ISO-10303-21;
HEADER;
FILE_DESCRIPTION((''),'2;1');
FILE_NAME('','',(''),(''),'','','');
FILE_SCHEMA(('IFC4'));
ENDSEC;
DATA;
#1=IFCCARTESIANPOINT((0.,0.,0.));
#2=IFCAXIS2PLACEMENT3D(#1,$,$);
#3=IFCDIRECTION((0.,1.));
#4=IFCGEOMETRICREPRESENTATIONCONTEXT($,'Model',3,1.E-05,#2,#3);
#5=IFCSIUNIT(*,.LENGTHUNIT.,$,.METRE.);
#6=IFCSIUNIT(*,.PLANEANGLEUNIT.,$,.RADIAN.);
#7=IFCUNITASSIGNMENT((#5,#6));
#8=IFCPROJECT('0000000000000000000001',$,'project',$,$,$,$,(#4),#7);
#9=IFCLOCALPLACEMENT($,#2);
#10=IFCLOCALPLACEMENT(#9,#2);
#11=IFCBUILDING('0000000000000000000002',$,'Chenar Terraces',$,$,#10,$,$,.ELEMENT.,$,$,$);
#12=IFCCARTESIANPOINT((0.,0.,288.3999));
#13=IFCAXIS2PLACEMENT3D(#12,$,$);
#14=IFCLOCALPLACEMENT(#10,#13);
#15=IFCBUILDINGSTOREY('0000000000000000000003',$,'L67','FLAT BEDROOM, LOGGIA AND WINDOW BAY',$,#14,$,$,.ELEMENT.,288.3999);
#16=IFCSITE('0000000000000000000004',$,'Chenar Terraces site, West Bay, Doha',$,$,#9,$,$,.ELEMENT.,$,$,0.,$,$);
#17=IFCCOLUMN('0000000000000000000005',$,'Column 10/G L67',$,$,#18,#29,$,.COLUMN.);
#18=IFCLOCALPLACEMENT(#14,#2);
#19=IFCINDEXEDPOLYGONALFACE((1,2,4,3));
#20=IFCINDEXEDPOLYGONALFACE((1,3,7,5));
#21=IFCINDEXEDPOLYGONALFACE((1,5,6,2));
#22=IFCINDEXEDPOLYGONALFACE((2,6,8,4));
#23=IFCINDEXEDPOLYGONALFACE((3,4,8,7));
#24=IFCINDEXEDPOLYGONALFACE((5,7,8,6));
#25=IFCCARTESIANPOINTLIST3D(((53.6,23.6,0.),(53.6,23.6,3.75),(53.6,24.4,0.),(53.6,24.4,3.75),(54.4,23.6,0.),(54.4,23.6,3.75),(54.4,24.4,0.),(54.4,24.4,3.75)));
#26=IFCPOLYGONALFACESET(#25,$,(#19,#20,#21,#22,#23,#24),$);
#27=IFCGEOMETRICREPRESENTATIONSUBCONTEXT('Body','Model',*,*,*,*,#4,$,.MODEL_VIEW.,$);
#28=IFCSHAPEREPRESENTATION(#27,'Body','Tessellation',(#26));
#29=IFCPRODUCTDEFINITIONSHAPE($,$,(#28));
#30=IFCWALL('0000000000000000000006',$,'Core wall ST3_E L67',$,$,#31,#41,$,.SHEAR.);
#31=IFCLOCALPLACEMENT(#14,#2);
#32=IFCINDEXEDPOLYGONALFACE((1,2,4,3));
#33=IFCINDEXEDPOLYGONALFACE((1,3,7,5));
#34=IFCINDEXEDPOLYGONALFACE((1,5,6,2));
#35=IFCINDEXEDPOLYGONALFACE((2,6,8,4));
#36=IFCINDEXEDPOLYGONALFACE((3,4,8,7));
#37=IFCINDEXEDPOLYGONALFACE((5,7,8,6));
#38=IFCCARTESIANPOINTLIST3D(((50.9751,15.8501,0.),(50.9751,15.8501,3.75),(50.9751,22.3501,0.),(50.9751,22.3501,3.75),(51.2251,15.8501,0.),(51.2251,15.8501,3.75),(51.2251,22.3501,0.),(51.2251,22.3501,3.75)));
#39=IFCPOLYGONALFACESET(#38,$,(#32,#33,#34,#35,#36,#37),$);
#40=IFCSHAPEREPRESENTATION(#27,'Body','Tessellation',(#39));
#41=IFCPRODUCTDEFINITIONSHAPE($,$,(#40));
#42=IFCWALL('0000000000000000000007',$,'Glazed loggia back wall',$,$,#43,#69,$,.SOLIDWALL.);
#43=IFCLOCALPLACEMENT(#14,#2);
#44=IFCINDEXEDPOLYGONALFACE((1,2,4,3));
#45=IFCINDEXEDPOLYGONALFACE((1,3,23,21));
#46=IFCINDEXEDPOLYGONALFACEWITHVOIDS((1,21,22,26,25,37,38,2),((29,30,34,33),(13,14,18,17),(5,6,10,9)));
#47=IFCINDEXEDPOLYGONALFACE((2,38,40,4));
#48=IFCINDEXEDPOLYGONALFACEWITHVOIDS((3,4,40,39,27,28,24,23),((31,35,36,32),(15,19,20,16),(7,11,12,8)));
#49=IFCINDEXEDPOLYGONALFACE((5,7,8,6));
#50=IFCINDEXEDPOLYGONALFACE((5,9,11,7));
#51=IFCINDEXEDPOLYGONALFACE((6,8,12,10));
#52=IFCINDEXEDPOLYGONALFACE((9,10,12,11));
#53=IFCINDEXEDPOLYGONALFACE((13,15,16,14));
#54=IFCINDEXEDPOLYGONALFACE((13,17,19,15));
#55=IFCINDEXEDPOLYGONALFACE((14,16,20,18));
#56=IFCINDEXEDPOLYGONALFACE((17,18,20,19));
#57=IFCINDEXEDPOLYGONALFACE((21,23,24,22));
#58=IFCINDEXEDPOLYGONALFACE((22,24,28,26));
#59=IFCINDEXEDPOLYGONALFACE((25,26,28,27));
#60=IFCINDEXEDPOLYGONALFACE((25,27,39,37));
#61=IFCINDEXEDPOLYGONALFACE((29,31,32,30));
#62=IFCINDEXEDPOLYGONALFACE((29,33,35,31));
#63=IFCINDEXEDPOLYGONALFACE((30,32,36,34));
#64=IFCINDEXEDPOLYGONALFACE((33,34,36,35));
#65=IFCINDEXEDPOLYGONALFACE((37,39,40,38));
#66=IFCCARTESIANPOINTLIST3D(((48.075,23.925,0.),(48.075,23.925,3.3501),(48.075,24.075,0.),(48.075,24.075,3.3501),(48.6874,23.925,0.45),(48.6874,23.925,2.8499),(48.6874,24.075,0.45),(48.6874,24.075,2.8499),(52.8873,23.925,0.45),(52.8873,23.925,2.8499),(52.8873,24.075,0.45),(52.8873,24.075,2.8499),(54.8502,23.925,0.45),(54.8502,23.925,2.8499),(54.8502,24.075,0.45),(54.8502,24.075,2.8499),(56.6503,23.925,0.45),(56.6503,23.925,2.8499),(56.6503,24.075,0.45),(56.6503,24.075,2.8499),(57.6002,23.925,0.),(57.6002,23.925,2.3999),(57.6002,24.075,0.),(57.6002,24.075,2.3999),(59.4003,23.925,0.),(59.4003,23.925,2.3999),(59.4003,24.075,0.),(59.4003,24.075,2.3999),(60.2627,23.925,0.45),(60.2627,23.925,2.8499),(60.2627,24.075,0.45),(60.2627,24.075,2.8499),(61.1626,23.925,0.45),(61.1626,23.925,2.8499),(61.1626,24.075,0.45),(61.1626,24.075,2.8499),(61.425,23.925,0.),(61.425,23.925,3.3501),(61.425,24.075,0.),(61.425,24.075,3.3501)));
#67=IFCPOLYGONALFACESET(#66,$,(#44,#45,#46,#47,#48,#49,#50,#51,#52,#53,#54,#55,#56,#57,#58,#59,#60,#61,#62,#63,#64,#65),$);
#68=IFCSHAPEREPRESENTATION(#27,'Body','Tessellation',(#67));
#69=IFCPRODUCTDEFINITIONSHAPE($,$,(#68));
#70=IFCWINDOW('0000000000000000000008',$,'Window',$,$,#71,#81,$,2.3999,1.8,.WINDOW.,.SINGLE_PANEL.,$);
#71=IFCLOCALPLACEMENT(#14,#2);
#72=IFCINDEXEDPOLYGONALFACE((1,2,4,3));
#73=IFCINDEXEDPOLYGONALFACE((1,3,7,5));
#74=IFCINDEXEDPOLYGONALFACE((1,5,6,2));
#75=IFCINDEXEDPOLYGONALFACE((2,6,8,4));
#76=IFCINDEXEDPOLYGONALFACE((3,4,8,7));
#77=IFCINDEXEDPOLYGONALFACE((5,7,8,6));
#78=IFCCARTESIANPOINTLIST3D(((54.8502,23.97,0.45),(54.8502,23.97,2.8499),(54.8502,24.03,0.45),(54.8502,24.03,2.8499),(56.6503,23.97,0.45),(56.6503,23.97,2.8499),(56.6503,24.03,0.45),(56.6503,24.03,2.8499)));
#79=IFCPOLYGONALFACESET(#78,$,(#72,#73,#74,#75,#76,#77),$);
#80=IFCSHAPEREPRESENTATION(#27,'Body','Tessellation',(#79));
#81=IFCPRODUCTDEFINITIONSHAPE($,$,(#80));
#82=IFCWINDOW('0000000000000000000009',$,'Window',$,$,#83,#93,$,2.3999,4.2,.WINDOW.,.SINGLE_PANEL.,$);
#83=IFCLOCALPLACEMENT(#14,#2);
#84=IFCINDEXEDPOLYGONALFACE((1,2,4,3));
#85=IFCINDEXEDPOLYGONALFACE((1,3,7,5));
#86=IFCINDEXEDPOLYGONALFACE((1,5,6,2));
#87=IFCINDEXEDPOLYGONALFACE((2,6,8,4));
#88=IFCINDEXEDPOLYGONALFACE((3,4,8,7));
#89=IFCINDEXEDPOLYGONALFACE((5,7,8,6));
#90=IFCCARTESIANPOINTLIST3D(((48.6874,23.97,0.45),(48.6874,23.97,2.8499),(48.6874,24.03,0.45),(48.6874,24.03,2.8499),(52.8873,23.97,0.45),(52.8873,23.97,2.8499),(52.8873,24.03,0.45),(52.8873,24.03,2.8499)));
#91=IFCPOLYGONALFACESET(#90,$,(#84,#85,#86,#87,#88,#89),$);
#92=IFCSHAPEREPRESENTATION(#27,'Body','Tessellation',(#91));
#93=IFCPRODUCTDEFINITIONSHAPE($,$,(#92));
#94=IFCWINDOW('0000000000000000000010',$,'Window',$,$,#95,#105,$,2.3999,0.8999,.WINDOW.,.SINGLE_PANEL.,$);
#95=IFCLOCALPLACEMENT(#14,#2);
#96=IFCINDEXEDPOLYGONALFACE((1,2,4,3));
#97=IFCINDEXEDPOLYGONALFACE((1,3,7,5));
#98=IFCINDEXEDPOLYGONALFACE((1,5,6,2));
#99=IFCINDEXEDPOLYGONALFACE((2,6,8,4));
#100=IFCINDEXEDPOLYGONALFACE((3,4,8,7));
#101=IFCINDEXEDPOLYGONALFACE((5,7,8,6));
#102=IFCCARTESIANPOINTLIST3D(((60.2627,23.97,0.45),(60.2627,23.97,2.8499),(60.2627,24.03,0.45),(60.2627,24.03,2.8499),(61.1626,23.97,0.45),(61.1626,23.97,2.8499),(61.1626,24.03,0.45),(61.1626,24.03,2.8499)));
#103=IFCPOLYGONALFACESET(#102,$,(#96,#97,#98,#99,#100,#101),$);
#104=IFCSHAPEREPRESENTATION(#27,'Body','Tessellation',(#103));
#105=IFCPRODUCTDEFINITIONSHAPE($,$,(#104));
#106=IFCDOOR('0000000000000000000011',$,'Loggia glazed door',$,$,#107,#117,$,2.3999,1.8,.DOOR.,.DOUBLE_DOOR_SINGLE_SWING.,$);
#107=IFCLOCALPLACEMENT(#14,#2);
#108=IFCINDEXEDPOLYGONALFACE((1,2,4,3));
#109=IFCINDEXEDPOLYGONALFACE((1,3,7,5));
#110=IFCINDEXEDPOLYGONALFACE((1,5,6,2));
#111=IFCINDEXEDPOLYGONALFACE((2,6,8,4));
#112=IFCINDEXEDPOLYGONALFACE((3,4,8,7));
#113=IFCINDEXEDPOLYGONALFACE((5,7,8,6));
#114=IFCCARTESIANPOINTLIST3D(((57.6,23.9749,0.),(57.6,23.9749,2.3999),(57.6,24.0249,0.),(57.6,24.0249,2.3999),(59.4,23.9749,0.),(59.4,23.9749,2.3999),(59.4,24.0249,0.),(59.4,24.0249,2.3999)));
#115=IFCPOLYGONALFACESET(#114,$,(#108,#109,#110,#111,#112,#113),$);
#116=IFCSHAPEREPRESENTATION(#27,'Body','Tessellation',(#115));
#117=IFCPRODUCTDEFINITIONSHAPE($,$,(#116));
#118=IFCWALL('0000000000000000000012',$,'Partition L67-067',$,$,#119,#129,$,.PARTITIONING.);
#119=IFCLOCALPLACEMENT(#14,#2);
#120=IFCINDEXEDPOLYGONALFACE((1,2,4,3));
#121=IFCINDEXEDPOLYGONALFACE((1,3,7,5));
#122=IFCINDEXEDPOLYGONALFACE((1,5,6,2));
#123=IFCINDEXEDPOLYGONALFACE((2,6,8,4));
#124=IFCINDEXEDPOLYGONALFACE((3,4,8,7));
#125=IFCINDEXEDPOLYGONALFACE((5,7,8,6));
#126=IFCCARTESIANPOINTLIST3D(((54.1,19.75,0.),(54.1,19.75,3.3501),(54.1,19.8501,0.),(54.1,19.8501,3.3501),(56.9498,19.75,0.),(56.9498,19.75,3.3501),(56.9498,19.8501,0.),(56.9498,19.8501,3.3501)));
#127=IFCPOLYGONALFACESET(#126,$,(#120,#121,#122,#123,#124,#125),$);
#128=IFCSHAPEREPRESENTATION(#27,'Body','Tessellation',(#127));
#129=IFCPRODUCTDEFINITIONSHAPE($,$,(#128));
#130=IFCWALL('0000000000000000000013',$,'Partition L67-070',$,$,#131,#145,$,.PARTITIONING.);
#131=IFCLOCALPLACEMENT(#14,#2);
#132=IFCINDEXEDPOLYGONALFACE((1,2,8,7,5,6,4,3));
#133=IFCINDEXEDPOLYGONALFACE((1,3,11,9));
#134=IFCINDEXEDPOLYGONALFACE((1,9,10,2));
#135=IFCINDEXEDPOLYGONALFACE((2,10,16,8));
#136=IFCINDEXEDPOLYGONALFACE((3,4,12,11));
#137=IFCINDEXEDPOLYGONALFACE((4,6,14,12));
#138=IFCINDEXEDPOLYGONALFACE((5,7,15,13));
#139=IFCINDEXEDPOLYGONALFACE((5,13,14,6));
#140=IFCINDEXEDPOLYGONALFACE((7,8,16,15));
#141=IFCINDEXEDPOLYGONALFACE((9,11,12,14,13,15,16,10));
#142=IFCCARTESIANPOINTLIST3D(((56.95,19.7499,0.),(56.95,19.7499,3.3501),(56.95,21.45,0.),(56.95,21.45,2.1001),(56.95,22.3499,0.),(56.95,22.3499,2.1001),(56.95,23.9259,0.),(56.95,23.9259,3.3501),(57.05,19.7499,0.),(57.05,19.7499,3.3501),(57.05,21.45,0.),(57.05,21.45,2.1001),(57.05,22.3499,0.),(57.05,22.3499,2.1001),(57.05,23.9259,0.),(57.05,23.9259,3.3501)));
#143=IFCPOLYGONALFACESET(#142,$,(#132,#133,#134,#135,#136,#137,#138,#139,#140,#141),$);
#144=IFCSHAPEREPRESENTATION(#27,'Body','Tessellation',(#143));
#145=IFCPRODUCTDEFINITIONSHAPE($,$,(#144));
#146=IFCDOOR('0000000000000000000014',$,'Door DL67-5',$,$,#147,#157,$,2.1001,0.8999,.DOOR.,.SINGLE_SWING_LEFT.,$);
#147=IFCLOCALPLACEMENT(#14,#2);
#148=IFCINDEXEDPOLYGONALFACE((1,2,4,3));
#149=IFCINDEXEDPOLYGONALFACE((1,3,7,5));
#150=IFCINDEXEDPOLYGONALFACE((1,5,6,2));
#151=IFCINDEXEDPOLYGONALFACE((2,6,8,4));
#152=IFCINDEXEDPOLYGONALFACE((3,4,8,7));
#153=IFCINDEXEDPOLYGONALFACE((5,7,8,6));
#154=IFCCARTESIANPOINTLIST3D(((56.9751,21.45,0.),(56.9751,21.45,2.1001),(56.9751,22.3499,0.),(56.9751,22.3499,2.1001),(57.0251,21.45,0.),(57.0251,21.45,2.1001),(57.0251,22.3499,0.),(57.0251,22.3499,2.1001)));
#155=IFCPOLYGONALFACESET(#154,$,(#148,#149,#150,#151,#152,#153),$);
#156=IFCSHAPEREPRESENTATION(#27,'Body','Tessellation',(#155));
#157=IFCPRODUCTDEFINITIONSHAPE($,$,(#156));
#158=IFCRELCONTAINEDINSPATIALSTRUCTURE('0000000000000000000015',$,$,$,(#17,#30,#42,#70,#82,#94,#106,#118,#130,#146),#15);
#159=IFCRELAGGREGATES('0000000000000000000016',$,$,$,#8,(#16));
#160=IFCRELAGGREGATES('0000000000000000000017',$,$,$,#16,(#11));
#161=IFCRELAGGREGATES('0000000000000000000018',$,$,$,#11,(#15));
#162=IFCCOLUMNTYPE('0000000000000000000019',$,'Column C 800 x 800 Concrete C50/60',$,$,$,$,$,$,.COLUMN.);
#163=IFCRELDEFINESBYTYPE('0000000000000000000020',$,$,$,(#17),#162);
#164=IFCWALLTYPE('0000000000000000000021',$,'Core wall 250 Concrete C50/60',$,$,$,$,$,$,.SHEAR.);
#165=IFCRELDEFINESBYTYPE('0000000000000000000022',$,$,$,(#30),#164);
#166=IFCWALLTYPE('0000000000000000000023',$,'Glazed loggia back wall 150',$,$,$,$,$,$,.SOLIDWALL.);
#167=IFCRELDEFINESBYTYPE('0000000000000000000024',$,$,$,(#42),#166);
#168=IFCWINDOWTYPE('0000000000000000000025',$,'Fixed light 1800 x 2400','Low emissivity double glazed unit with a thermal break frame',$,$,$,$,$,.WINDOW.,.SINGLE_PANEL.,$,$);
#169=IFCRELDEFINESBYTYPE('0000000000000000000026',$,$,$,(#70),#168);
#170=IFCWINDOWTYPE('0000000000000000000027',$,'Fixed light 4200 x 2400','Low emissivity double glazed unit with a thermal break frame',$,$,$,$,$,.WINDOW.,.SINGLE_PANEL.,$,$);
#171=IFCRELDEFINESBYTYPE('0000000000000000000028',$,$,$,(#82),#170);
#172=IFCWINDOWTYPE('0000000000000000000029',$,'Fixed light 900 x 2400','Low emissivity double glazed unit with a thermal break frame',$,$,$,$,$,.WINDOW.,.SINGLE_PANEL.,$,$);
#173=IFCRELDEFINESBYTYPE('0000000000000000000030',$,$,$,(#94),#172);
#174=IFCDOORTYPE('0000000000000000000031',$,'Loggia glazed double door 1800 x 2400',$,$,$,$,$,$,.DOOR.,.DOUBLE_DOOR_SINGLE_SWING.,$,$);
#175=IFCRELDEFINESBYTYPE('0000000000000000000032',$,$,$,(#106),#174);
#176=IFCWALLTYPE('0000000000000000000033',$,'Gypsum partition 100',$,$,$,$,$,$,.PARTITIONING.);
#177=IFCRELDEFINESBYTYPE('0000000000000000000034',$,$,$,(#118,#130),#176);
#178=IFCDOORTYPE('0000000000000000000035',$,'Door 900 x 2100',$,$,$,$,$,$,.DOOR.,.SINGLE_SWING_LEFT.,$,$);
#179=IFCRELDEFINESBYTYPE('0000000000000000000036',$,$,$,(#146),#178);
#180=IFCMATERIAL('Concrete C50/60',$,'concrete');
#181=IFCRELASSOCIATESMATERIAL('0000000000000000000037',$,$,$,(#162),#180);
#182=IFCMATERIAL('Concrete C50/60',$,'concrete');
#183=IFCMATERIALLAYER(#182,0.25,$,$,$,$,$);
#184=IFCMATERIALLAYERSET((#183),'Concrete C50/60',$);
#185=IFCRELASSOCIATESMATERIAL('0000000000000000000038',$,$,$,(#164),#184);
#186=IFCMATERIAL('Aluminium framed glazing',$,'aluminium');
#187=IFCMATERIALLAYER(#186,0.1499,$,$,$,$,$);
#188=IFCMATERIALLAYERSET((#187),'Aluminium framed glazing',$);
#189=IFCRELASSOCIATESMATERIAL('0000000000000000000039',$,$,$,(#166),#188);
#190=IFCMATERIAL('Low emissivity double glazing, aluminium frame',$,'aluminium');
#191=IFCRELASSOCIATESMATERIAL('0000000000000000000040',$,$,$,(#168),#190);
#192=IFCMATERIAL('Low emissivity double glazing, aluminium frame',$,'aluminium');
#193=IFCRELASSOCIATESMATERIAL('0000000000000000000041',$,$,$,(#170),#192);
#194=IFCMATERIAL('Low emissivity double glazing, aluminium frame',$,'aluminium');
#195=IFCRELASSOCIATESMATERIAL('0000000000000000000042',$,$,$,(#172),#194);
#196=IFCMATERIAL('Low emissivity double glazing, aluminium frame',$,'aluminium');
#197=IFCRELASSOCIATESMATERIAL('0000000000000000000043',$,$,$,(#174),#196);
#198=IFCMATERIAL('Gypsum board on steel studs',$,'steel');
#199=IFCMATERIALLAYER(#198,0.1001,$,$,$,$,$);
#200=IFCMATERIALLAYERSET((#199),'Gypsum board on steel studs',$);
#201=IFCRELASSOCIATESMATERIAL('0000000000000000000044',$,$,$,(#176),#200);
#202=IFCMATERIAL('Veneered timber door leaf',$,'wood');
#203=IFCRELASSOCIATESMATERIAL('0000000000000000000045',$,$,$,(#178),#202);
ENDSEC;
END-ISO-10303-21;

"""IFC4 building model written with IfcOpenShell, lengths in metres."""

from ifc_helpers import new_model, si_unit, direction, frame, frame_2d, origin, origin_2d, place, context, subcontext, project, spatial, rectangle, extrude, material, layer, layer_set, material_profile, profile_set, type_object, element, fill, save


model = new_model("IFC4")

# Units and contexts
model_context = context("Model", 3, precision=1e-05, world=origin(), true_north=direction((0.0, 1.0)))
body_context = subcontext(model_context, "Body", "Model", "MODEL_VIEW")
ifc_project = project(units=[si_unit("LENGTHUNIT", "METRE"), si_unit("PLANEANGLEUNIT", "RADIAN")], contexts=[model_context])

# Site, building, storey
site_placement = place(None, origin())
site = spatial("IfcSite", under=ifc_project, at=site_placement, Name="Chenar Terraces site, West Bay, Doha", CompositionType="ELEMENT", RefElevation=0.0)
building_placement = place(site_placement, origin())
building = spatial("IfcBuilding", under=site, at=building_placement, Name="Chenar Terraces", CompositionType="ELEMENT")
storey_placement = place(building_placement, frame((0.0, 0.0, 288.3999)))
storey = spatial("IfcBuildingStorey", under=building, at=storey_placement, Name="L67", Description="FLAT BEDROOM, LOGGIA AND WINDOW BAY", CompositionType="ELEMENT", Elevation=288.3999)

# Column
ifc_material_1 = material(Name="Concrete C50/60", Category="concrete")
ifc_material_profile_1 = material_profile(ifc_material_1, rectangle(XDim=0.8, YDim=0.8, at=origin_2d()), Name="C 800 x 800")
ifc_profile_set_1 = profile_set([ifc_material_profile_1], Name="Concrete C50/60")
column_type = type_object("IfcColumnType", Name="Column C 800 x 800 Concrete C50/60", PredefinedType="COLUMN", material=ifc_profile_set_1)
column_placement = place(storey_placement, frame((54.0, 24.0, 0.0), z_axis=(0.0, 0.0, 1.0), x_axis=(1.0, 0.0, 0.0)))
element("IfcColumn", 1, at=column_placement, inside=storey, type_object=column_type, Name="Column 10/G L67", PredefinedType="COLUMN", context=body_context, shape_type="SweptSolid", body=[
    extrude(rectangle(XDim=0.8, YDim=0.8, at=origin_2d()), origin(), (0.0, 0.0, 1.0), 3.75),
])

# Wall
ifc_material_2 = material(Name="Concrete C50/60", Category="concrete")
ifc_layer_1 = layer(ifc_material_2, 0.25)
ifc_layer_set_1 = layer_set([ifc_layer_1], Name="Concrete C50/60")
wall_type_1 = type_object("IfcWallType", Name="Core wall 250 Concrete C50/60", PredefinedType="SHEAR", material=ifc_layer_set_1)
wall_1_placement = place(storey_placement, frame((51.1001, 15.8501, 0.0), z_axis=(0.0, 0.0, 1.0), x_axis=(0.0, 1.0, 0.0)))
element("IfcWall", 2, at=wall_1_placement, inside=storey, type_object=wall_type_1, Name="Core wall ST3_E L67", PredefinedType="SHEAR", context=body_context, shape_type="SweptSolid", body=[
    extrude(rectangle(XDim=6.5, YDim=0.25, at=frame_2d((3.25, 0.0))), origin(), (0.0, 0.0, 1.0), 3.75),
])

# Wall, openings, windows, door
ifc_material_3 = material(Name="Aluminium framed glazing", Category="aluminium")
ifc_layer_2 = layer(ifc_material_3, 0.1499)
ifc_layer_set_2 = layer_set([ifc_layer_2], Name="Aluminium framed glazing")
wall_type_2 = type_object("IfcWallType", Name="Glazed loggia back wall 150", PredefinedType="SOLIDWALL", material=ifc_layer_set_2)
wall_2_placement = place(storey_placement, frame((61.425, 24.0, 0.0), z_axis=(0.0, 0.0, 1.0), x_axis=(-1.0, 0.0, 0.0)))
wall_2 = element("IfcWall", 3, at=wall_2_placement, inside=storey, type_object=wall_type_2, Name="Glazed loggia back wall", PredefinedType="SOLIDWALL", context=body_context, shape_type="SweptSolid", body=[
    extrude(rectangle(XDim=13.3501, YDim=0.1499, at=frame_2d((6.675, 0.0))), origin(), (0.0, 0.0, 1.0), 3.3501),
])
opening_1_placement = place(wall_2_placement, frame((0.2625, 0.0, 0.45)))
opening_1 = element("IfcOpeningElement", 4, at=opening_1_placement, cuts=wall_2, PredefinedType="OPENING", context=body_context, shape_type="SweptSolid", body=[
    extrude(rectangle(XDim=0.8999, YDim=2.3999, at=frame_2d((0.45, 1.2))), frame((0.0, 0.085, 0.0), z_axis=(0.0, -1.0, 0.0), x_axis=(1.0, 0.0, 0.0)), (0.0, 0.0, 1.0), 0.1699),
])
opening_2_placement = place(wall_2_placement, frame((2.0249, 0.0, 0.0)))
opening_2 = element("IfcOpeningElement", 5, at=opening_2_placement, cuts=wall_2, PredefinedType="OPENING", context=body_context, shape_type="SweptSolid", body=[
    extrude(rectangle(XDim=1.8, YDim=2.3999, at=frame_2d((0.8999, 1.2))), frame((0.0, 0.085, 0.0), z_axis=(0.0, -1.0, 0.0), x_axis=(1.0, 0.0, 0.0)), (0.0, 0.0, 1.0), 0.1699),
])
opening_3_placement = place(wall_2_placement, frame((4.7749, 0.0, 0.45)))
opening_3 = element("IfcOpeningElement", 6, at=opening_3_placement, cuts=wall_2, PredefinedType="OPENING", context=body_context, shape_type="SweptSolid", body=[
    extrude(rectangle(XDim=1.8, YDim=2.3999, at=frame_2d((0.8999, 1.2))), frame((0.0, 0.085, 0.0), z_axis=(0.0, -1.0, 0.0), x_axis=(1.0, 0.0, 0.0)), (0.0, 0.0, 1.0), 0.1699),
])
opening_4_placement = place(wall_2_placement, frame((8.5376, 0.0, 0.45)))
opening_4 = element("IfcOpeningElement", 7, at=opening_4_placement, cuts=wall_2, PredefinedType="OPENING", context=body_context, shape_type="SweptSolid", body=[
    extrude(rectangle(XDim=4.2, YDim=2.3999, at=frame_2d((2.1001, 1.2))), frame((0.0, 0.085, 0.0), z_axis=(0.0, -1.0, 0.0), x_axis=(1.0, 0.0, 0.0)), (0.0, 0.0, 1.0), 0.1699),
])
ifc_material_4 = material(Name="Low emissivity double glazing, aluminium frame", Category="aluminium")
window_type_1 = type_object("IfcWindowType", Name="Fixed light 1800 x 2400", Description="Low emissivity double glazed unit with a thermal break frame", PartitioningType="SINGLE_PANEL", PredefinedType="WINDOW", material=ifc_material_4)
window_1_placement = place(opening_3_placement, origin())
window_1 = element("IfcWindow", 8, at=window_1_placement, inside=storey, type_object=window_type_1, Name="Window", OverallHeight=2.3999, OverallWidth=1.8, PartitioningType="SINGLE_PANEL", PredefinedType="WINDOW", context=body_context, shape_type="SweptSolid", body=[
    extrude(rectangle(XDim=1.8, YDim=2.3999, at=frame_2d((0.8999, 1.2))), frame((0.0, 0.03, 0.0), z_axis=(0.0, -1.0, 0.0), x_axis=(1.0, 0.0, 0.0)), (0.0, 0.0, 1.0), 0.0601),
])
fill(opening_3, window_1)
ifc_material_5 = material(Name="Low emissivity double glazing, aluminium frame", Category="aluminium")
window_type_2 = type_object("IfcWindowType", Name="Fixed light 4200 x 2400", Description="Low emissivity double glazed unit with a thermal break frame", PartitioningType="SINGLE_PANEL", PredefinedType="WINDOW", material=ifc_material_5)
window_2_placement = place(opening_4_placement, origin())
window_2 = element("IfcWindow", 9, at=window_2_placement, inside=storey, type_object=window_type_2, Name="Window", OverallHeight=2.3999, OverallWidth=4.2, PartitioningType="SINGLE_PANEL", PredefinedType="WINDOW", context=body_context, shape_type="SweptSolid", body=[
    extrude(rectangle(XDim=4.2, YDim=2.3999, at=frame_2d((2.1001, 1.2))), frame((0.0, 0.03, 0.0), z_axis=(0.0, -1.0, 0.0), x_axis=(1.0, 0.0, 0.0)), (0.0, 0.0, 1.0), 0.0601),
])
fill(opening_4, window_2)
ifc_material_6 = material(Name="Low emissivity double glazing, aluminium frame", Category="aluminium")
window_type_3 = type_object("IfcWindowType", Name="Fixed light 900 x 2400", Description="Low emissivity double glazed unit with a thermal break frame", PartitioningType="SINGLE_PANEL", PredefinedType="WINDOW", material=ifc_material_6)
window_3_placement = place(opening_1_placement, origin())
window_3 = element("IfcWindow", 10, at=window_3_placement, inside=storey, type_object=window_type_3, Name="Window", OverallHeight=2.3999, OverallWidth=0.8999, PartitioningType="SINGLE_PANEL", PredefinedType="WINDOW", context=body_context, shape_type="SweptSolid", body=[
    extrude(rectangle(XDim=0.8999, YDim=2.3999, at=frame_2d((0.45, 1.2))), frame((0.0, 0.03, 0.0), z_axis=(0.0, -1.0, 0.0), x_axis=(1.0, 0.0, 0.0)), (0.0, 0.0, 1.0), 0.0601),
])
fill(opening_1, window_3)
ifc_material_7 = material(Name="Low emissivity double glazing, aluminium frame", Category="aluminium")
door_type_1 = type_object("IfcDoorType", Name="Loggia glazed double door 1800 x 2400", OperationType="DOUBLE_DOOR_SINGLE_SWING", PredefinedType="DOOR", material=ifc_material_7)
door_1_placement = place(opening_2_placement, frame((1.8, 0.0, 0.0), z_axis=(0.0, 0.0, 1.0), x_axis=(-1.0, 0.0, 0.0)))
door_1 = element("IfcDoor", 11, at=door_1_placement, inside=storey, type_object=door_type_1, Name="Loggia glazed door", OperationType="DOUBLE_DOOR_SINGLE_SWING", OverallHeight=2.3999, OverallWidth=1.8, PredefinedType="DOOR", context=body_context, shape_type="SweptSolid", body=[
    extrude(rectangle(XDim=1.8, YDim=2.3999, at=frame_2d((0.8999, 1.2))), frame((0.0, 0.0249, 0.0), z_axis=(0.0, -1.0, 0.0), x_axis=(1.0, 0.0, 0.0)), (0.0, 0.0, 1.0), 0.05),
])
fill(opening_2, door_1)

# Wall
ifc_material_8 = material(Name="Gypsum board on steel studs", Category="steel")
ifc_layer_3 = layer(ifc_material_8, 0.1001)
ifc_layer_set_3 = layer_set([ifc_layer_3], Name="Gypsum board on steel studs")
wall_type_3 = type_object("IfcWallType", Name="Gypsum partition 100", PredefinedType="PARTITIONING", material=ifc_layer_set_3)
wall_3_placement = place(storey_placement, frame((54.1001, 19.8, 0.0), z_axis=(0.0, 0.0, 1.0), x_axis=(1.0, 0.0, 0.0)))
element("IfcWall", 12, at=wall_3_placement, inside=storey, type_object=wall_type_3, Name="Partition L67-067", PredefinedType="PARTITIONING", context=body_context, shape_type="SweptSolid", body=[
    extrude(rectangle(XDim=2.8499, YDim=0.1001, at=frame_2d((1.4248, 0.0))), origin(), (0.0, 0.0, 1.0), 3.3501),
])

# Wall, opening, door
wall_4_placement = place(storey_placement, frame((57.0, 19.75, 0.0), z_axis=(0.0, 0.0, 1.0), x_axis=(0.0, 1.0, 0.0)))
wall_4 = element("IfcWall", 13, at=wall_4_placement, inside=storey, type_object=wall_type_3, Name="Partition L67-070", PredefinedType="PARTITIONING", context=body_context, shape_type="SweptSolid", body=[
    extrude(rectangle(XDim=4.176, YDim=0.1001, at=frame_2d((2.0879, 0.0))), origin(), (0.0, 0.0, 1.0), 3.3501),
])
opening_5_placement = place(wall_4_placement, frame((1.7, 0.0, 0.0)))
opening_5 = element("IfcOpeningElement", 14, at=opening_5_placement, cuts=wall_4, PredefinedType="OPENING", context=body_context, shape_type="SweptSolid", body=[
    extrude(rectangle(XDim=0.8999, YDim=2.1001, at=frame_2d((0.45, 1.05))), frame((0.0, 0.0601, 0.0), z_axis=(0.0, -1.0, 0.0), x_axis=(1.0, 0.0, 0.0)), (0.0, 0.0, 1.0), 0.1201),
])
ifc_material_9 = material(Name="Veneered timber door leaf", Category="wood")
door_type_2 = type_object("IfcDoorType", Name="Door 900 x 2100", OperationType="SINGLE_SWING_LEFT", PredefinedType="DOOR", material=ifc_material_9)
door_2_placement = place(opening_5_placement, origin())
door_2 = element("IfcDoor", 15, at=door_2_placement, inside=storey, type_object=door_type_2, Name="Door DL67-5", OperationType="SINGLE_SWING_LEFT", OverallHeight=2.1001, OverallWidth=0.8999, PredefinedType="DOOR", context=body_context, shape_type="SweptSolid", body=[
    extrude(rectangle(XDim=0.8999, YDim=2.1001, at=frame_2d((0.45, 1.05))), frame((0.0, 0.0249, 0.0), z_axis=(0.0, -1.0, 0.0), x_axis=(1.0, 0.0, 0.0)), (0.0, 0.0, 1.0), 0.05),
])
fill(opening_5, door_2)

save(model, "model.ifc")
